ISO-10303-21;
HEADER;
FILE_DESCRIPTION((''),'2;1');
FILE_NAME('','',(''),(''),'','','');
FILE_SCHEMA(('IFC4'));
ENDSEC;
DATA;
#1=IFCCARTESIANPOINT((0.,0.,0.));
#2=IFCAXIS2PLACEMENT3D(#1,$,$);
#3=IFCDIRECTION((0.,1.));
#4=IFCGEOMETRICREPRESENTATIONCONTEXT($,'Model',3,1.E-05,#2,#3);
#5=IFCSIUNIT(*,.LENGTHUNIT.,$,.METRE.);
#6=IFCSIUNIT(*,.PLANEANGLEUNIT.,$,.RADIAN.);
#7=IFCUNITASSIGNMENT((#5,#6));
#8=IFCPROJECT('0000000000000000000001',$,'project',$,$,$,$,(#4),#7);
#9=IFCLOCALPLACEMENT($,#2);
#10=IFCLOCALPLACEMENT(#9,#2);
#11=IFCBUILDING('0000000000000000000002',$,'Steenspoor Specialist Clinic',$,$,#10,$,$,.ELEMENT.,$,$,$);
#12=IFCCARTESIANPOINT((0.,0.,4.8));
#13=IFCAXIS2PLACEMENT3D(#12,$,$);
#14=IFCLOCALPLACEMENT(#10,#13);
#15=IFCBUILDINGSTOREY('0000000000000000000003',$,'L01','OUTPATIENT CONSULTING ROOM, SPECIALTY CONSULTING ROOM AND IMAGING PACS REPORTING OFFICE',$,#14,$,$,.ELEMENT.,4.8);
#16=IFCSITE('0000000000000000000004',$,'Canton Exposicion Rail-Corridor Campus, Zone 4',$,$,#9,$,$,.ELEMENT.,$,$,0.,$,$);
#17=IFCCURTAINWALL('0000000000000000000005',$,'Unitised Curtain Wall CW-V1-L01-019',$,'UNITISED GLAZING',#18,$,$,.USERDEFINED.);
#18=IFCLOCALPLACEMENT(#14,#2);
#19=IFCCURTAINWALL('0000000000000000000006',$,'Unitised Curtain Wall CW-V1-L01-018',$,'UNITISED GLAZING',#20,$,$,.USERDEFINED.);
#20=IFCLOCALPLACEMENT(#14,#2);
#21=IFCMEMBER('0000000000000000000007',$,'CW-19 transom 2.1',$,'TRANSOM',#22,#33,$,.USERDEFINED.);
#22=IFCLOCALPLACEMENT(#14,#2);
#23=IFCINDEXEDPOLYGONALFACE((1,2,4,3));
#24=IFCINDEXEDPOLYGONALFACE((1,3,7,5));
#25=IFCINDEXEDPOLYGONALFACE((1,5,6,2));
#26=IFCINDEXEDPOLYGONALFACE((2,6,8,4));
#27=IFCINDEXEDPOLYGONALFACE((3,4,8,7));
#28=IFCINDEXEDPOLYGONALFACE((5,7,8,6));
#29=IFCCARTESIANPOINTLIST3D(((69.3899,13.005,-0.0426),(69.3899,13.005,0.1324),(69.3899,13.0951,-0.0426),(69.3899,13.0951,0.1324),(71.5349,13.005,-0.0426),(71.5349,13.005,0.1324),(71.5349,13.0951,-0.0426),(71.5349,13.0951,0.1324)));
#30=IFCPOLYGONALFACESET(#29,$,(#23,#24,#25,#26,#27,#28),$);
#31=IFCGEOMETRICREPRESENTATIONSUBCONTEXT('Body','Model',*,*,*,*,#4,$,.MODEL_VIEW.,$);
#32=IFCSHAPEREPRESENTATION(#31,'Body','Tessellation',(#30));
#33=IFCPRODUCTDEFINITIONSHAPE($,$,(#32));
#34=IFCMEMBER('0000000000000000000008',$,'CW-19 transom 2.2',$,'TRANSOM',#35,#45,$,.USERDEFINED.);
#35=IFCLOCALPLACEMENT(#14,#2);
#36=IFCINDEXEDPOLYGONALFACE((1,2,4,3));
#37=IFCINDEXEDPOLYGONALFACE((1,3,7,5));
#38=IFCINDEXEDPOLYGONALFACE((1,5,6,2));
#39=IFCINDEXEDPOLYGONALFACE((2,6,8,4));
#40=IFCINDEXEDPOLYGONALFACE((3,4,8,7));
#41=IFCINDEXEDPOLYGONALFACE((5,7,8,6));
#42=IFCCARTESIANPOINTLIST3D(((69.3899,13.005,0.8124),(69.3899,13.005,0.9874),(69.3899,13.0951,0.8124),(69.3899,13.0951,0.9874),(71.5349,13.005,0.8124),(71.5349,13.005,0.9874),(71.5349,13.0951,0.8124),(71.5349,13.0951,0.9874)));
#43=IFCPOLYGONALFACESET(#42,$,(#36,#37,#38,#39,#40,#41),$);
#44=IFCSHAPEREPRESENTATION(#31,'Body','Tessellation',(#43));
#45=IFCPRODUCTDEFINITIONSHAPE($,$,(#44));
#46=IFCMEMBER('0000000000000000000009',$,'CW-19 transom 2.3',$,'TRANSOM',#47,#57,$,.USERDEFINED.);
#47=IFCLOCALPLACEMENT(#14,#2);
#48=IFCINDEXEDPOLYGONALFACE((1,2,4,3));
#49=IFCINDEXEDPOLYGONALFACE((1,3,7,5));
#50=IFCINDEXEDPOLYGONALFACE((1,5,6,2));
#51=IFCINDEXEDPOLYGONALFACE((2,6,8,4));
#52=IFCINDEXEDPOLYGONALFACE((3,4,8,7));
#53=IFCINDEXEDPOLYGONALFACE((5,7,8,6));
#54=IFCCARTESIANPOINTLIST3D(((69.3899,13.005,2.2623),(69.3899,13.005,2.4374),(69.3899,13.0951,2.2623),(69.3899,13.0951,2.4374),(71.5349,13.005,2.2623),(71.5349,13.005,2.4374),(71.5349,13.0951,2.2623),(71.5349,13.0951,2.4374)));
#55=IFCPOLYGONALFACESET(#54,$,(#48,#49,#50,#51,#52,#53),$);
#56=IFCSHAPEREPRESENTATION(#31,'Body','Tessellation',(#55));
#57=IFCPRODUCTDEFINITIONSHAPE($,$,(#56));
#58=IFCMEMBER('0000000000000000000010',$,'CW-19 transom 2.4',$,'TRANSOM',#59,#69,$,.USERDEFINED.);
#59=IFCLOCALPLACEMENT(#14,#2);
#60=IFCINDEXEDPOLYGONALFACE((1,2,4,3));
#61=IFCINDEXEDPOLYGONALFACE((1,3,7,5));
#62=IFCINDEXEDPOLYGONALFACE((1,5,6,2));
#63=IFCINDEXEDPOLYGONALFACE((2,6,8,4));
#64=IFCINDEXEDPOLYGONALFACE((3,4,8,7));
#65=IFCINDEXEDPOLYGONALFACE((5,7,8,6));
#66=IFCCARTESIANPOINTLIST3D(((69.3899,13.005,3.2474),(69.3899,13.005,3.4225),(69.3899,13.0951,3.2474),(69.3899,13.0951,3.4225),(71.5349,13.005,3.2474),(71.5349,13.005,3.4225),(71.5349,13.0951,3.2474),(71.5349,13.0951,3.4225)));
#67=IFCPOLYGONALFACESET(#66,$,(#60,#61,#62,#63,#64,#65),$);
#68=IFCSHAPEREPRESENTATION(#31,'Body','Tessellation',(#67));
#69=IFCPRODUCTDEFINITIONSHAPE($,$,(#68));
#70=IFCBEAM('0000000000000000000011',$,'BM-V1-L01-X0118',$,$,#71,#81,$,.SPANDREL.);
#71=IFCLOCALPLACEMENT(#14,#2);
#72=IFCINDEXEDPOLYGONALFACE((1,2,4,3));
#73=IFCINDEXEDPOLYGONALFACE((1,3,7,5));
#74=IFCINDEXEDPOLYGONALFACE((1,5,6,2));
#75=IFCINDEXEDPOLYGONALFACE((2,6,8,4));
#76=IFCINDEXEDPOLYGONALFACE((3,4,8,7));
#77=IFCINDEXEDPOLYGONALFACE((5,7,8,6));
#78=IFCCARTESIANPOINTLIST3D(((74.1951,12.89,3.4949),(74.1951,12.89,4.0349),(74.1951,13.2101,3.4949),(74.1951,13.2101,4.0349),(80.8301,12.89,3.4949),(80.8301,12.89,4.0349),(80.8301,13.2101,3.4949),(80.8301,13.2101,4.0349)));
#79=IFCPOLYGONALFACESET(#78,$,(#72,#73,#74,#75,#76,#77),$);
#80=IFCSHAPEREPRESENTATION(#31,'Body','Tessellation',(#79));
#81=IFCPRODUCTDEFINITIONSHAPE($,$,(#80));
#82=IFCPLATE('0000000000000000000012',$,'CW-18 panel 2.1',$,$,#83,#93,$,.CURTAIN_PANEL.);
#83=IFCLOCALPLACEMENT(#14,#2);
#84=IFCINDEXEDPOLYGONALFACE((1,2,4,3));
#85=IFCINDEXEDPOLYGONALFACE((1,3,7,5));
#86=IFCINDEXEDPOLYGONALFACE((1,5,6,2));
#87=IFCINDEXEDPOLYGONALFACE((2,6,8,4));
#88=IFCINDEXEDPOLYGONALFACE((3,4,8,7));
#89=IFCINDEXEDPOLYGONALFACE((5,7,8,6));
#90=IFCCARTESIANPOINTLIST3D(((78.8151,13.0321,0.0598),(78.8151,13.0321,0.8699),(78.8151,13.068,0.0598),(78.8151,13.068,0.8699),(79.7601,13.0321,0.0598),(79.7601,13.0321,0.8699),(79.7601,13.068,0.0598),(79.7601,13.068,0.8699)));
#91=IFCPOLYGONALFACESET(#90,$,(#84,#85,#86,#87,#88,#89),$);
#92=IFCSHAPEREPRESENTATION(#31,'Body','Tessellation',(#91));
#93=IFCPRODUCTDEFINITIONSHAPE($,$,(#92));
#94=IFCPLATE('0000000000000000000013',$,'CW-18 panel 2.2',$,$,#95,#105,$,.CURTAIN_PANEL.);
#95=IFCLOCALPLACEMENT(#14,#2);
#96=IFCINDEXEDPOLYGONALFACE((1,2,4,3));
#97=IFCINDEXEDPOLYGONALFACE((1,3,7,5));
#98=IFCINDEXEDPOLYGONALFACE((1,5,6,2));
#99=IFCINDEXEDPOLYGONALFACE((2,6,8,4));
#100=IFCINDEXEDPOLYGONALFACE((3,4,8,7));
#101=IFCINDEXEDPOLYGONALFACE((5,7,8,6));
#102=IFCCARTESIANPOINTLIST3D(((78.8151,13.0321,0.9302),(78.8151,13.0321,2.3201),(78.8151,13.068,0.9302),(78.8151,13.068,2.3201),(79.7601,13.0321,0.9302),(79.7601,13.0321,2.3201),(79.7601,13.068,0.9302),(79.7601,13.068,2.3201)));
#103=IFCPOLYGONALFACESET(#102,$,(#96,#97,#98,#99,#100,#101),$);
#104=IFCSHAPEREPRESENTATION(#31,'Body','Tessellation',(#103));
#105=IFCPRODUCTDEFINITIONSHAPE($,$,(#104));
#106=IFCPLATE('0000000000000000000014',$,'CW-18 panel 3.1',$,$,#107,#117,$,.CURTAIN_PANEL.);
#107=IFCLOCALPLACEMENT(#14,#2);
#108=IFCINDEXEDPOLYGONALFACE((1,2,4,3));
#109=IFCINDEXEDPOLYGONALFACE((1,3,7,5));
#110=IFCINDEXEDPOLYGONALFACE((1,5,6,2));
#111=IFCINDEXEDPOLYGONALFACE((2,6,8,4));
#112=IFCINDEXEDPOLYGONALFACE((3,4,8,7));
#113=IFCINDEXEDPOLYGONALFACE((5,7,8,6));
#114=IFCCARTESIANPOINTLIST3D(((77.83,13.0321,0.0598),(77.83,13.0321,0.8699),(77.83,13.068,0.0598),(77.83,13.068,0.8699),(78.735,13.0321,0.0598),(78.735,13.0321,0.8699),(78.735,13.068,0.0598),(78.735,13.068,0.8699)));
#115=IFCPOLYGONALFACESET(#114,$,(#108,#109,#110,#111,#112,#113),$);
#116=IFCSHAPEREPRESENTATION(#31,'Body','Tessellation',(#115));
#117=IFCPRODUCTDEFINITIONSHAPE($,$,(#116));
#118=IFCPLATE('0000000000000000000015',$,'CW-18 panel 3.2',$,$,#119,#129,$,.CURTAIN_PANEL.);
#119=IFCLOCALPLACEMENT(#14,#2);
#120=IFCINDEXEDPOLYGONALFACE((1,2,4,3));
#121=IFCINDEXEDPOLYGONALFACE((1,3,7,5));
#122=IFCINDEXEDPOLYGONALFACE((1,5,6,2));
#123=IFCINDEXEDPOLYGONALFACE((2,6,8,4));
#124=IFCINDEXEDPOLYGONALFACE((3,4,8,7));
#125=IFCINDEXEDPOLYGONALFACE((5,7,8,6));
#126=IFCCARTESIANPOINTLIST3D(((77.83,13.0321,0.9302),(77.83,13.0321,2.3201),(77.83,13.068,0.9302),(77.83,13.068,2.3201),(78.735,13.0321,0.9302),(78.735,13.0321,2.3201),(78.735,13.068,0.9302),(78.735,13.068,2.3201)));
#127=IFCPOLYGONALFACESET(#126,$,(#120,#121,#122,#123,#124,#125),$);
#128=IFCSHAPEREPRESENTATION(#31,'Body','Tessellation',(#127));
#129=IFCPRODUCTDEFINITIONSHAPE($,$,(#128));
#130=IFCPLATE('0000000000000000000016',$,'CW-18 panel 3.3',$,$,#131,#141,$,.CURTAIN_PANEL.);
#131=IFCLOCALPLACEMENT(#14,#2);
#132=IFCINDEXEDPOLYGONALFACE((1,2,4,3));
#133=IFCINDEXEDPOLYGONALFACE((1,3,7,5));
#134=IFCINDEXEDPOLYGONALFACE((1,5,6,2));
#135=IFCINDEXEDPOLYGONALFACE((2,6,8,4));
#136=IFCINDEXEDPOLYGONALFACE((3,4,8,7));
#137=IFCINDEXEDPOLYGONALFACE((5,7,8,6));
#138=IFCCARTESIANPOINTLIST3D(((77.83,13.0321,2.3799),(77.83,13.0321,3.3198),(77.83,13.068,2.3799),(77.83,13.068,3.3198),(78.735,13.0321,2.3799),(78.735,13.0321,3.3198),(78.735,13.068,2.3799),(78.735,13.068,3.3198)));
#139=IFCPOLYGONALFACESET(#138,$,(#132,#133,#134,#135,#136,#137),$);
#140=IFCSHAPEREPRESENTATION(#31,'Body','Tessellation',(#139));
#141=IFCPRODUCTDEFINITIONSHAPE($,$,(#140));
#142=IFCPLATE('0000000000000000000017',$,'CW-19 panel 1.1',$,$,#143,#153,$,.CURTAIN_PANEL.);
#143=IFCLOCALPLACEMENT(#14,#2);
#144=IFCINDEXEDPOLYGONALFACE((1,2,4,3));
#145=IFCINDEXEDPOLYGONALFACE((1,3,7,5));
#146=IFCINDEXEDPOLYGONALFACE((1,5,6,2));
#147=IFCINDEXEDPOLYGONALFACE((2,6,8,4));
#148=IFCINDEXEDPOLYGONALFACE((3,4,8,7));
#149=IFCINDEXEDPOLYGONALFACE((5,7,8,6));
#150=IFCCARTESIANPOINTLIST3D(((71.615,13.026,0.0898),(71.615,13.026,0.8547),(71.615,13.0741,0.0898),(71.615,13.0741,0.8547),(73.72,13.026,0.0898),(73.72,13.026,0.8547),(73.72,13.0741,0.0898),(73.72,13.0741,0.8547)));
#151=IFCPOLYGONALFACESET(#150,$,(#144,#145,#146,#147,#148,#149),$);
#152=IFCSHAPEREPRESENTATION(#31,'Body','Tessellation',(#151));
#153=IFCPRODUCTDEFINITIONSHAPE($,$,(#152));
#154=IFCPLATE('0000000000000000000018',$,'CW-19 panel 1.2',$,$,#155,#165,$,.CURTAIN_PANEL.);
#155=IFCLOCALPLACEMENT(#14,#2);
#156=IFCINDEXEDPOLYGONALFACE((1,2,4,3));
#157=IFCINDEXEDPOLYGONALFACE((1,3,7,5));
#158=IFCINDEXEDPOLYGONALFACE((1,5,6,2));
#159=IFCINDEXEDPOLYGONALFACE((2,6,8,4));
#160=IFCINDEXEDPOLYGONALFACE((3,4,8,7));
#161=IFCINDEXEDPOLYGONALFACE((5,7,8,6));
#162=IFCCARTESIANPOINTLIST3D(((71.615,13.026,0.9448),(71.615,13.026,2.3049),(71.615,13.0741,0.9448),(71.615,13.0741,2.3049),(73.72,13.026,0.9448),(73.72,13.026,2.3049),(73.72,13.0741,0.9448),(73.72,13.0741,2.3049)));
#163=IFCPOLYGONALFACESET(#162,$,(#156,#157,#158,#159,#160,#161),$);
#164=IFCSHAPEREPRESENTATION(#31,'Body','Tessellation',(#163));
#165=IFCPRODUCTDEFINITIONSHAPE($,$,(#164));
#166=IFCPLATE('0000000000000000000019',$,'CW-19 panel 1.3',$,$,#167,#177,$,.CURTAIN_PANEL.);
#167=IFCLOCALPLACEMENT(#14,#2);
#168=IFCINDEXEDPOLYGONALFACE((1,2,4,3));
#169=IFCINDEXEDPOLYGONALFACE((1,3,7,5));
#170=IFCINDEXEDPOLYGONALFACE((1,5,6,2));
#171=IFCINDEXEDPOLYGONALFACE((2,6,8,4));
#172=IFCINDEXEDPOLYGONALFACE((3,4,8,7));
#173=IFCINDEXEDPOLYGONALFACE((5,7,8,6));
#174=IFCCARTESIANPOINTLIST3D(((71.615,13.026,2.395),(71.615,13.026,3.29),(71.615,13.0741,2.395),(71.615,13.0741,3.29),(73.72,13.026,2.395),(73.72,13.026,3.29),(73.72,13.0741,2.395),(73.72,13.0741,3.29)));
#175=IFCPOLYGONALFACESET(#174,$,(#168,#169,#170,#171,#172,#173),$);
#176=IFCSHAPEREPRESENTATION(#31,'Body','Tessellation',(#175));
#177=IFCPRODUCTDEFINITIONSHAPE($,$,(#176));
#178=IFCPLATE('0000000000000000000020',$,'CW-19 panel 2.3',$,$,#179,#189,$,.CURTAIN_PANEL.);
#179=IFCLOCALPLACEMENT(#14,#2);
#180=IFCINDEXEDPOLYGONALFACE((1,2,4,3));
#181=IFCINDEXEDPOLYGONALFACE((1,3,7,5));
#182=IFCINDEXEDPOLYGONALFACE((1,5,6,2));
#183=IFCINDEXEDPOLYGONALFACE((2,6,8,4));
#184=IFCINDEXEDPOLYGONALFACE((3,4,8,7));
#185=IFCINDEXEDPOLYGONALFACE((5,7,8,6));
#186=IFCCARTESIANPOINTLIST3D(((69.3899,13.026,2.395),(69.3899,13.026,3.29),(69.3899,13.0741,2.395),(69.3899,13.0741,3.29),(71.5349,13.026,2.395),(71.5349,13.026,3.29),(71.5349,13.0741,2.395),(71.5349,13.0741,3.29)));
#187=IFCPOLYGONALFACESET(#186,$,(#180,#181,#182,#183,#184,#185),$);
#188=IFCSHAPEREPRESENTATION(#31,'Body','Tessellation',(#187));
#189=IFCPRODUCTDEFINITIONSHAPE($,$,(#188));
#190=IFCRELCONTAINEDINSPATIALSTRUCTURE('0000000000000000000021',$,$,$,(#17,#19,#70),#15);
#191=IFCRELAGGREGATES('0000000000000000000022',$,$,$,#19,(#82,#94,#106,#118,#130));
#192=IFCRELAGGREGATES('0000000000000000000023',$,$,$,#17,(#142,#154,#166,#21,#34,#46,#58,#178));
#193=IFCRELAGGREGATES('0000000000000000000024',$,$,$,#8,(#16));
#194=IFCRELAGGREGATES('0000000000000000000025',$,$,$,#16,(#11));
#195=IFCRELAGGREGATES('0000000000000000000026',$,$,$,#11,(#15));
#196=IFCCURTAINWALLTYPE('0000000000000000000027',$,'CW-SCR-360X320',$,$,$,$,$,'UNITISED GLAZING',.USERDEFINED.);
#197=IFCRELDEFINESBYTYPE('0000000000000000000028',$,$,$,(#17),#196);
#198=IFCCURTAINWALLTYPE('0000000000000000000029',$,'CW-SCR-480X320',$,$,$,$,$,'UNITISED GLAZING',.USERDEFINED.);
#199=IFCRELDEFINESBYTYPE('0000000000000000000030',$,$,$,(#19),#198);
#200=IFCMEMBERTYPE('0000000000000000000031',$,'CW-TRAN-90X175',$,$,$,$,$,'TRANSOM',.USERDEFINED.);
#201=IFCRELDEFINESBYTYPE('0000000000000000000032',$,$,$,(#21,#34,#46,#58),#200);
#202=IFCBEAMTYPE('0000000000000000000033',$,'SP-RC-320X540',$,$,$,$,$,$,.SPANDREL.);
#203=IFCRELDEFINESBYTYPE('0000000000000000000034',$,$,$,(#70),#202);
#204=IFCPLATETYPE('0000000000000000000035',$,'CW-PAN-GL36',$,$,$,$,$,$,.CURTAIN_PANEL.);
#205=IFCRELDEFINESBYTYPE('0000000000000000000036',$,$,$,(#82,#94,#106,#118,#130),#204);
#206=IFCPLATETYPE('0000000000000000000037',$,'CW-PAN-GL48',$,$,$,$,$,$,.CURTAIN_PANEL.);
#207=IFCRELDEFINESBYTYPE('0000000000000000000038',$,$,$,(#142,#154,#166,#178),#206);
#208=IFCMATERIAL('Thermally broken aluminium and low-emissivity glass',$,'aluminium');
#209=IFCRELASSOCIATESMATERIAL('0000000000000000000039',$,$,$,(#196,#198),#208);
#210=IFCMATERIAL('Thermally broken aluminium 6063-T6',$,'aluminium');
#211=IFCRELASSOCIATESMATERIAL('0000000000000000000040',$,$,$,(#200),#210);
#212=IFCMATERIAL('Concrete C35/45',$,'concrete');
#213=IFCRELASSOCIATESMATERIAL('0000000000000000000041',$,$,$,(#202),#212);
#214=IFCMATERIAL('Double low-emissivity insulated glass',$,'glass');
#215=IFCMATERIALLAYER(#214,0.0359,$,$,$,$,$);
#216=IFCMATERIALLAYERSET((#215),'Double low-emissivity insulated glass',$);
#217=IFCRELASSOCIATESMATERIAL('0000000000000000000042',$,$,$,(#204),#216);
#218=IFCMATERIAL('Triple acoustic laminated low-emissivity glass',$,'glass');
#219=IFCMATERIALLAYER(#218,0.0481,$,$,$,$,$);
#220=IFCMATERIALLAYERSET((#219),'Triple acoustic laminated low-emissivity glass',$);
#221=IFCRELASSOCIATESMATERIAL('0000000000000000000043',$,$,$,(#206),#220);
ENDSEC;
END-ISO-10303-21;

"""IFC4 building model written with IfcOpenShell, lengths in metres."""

from ifc_helpers import new_model, si_unit, direction, frame, origin, origin_2d, place, context, subcontext, project, spatial, rectangle, extrude, material, layer, layer_set, material_profile, profile_set, type_object, element, aggregate, save


model = new_model("IFC4")

# Units and contexts
model_context = context("Model", 3, precision=1e-05, world=origin(), true_north=direction((0.0, 1.0)))
body_context = subcontext(model_context, "Body", "Model", "MODEL_VIEW")
ifc_project = project(units=[si_unit("LENGTHUNIT", "METRE"), si_unit("PLANEANGLEUNIT", "RADIAN")], contexts=[model_context])

# Site, building, storey
site_placement = place(None, origin())
site = spatial("IfcSite", under=ifc_project, at=site_placement, Name="Canton Exposicion Rail-Corridor Campus, Zone 4", CompositionType="ELEMENT", RefElevation=0.0)
building_placement = place(site_placement, origin())
building = spatial("IfcBuilding", under=site, at=building_placement, Name="Steenspoor Specialist Clinic", CompositionType="ELEMENT")
storey_placement = place(building_placement, frame((0.0, 0.0, 4.8)))
storey = spatial("IfcBuildingStorey", under=building, at=storey_placement, Name="L01", Description="OUTPATIENT CONSULTING ROOM, SPECIALTY CONSULTING ROOM AND IMAGING PACS REPORTING OFFICE", CompositionType="ELEMENT", Elevation=4.8)

# Curtain walls
ifc_material_1 = material(Name="Thermally broken aluminium and low-emissivity glass", Category="aluminium")
curtain_wall_type_1 = type_object("IfcCurtainWallType", Name="CW-SCR-360X320", ElementType="UNITISED GLAZING", PredefinedType="USERDEFINED", material=ifc_material_1)
curtain_wall_1_placement = place(storey_placement, origin())
curtain_wall_1 = element("IfcCurtainWall", 1, at=curtain_wall_1_placement, inside=storey, type_object=curtain_wall_type_1, Name="Unitised Curtain Wall CW-V1-L01-019", ObjectType="UNITISED GLAZING", PredefinedType="USERDEFINED")
ifc_material_2 = material(Name="Thermally broken aluminium 6063-T6", Category="aluminium")
curtain_wall_type_2 = type_object("IfcCurtainWallType", Name="CW-SCR-480X320", ElementType="UNITISED GLAZING", PredefinedType="USERDEFINED", material=ifc_material_1)
curtain_wall_2_placement = place(storey_placement, origin())
curtain_wall_2 = element("IfcCurtainWall", 2, at=curtain_wall_2_placement, inside=storey, type_object=curtain_wall_type_2, Name="Unitised Curtain Wall CW-V1-L01-018", ObjectType="UNITISED GLAZING", PredefinedType="USERDEFINED")

# Members
ifc_material_profile_1 = material_profile(ifc_material_2, rectangle(XDim=0.0901, YDim=0.175, at=origin_2d()), Name="CWT-90X175")
ifc_profile_set_1 = profile_set([ifc_material_profile_1], Name="Thermally broken aluminium 6063-T6")
member_type_1 = type_object("IfcMemberType", Name="CW-TRAN-90X175", ElementType="TRANSOM", PredefinedType="USERDEFINED", material=ifc_profile_set_1)
member_1_placement = place(storey_placement, frame((71.5349, 13.05, 0.0449), z_axis=(-1.0, 0.0, 0.0), x_axis=(0.0, -1.0, 0.0)))
member_1 = element("IfcMember", 3, at=member_1_placement, type_object=member_type_1, Name="CW-19 transom 2.1", ObjectType="TRANSOM", PredefinedType="USERDEFINED", context=body_context, shape_type="SweptSolid", body=[
    extrude(rectangle(XDim=0.0901, YDim=0.175, at=origin_2d()), origin(), (0.0, 0.0, 1.0), 2.145),
])
member_2_placement = place(storey_placement, frame((71.5349, 13.05, 0.8999), z_axis=(-1.0, 0.0, 0.0), x_axis=(0.0, -1.0, 0.0)))
member_2 = element("IfcMember", 4, at=member_2_placement, type_object=member_type_1, Name="CW-19 transom 2.2", ObjectType="TRANSOM", PredefinedType="USERDEFINED", context=body_context, shape_type="SweptSolid", body=[
    extrude(rectangle(XDim=0.0901, YDim=0.175, at=origin_2d()), origin(), (0.0, 0.0, 1.0), 2.145),
])
member_3_placement = place(storey_placement, frame((71.5349, 13.05, 2.3499), z_axis=(-1.0, 0.0, 0.0), x_axis=(0.0, -1.0, 0.0)))
member_3 = element("IfcMember", 5, at=member_3_placement, type_object=member_type_1, Name="CW-19 transom 2.3", ObjectType="TRANSOM", PredefinedType="USERDEFINED", context=body_context, shape_type="SweptSolid", body=[
    extrude(rectangle(XDim=0.0901, YDim=0.175, at=origin_2d()), origin(), (0.0, 0.0, 1.0), 2.145),
])
member_4_placement = place(storey_placement, frame((71.5349, 13.05, 3.335), z_axis=(-1.0, 0.0, 0.0), x_axis=(0.0, -1.0, 0.0)))
member_4 = element("IfcMember", 6, at=member_4_placement, type_object=member_type_1, Name="CW-19 transom 2.4", ObjectType="TRANSOM", PredefinedType="USERDEFINED", context=body_context, shape_type="SweptSolid", body=[
    extrude(rectangle(XDim=0.0901, YDim=0.175, at=origin_2d()), origin(), (0.0, 0.0, 1.0), 2.145),
])

# Beam
ifc_material_3 = material(Name="Concrete C35/45", Category="concrete")
ifc_material_profile_2 = material_profile(ifc_material_3, rectangle(XDim=0.3201, YDim=0.54, at=origin_2d()), Name="RC-SP-320X540")
ifc_profile_set_2 = profile_set([ifc_material_profile_2], Name="Concrete C35/45")
beam_type = type_object("IfcBeamType", Name="SP-RC-320X540", PredefinedType="SPANDREL", material=ifc_profile_set_2)
beam_placement = place(storey_placement, frame((74.1951, 13.05, 3.7649), z_axis=(1.0, 0.0, 0.0), x_axis=(0.0, 1.0, 0.0)))
element("IfcBeam", 7, at=beam_placement, inside=storey, type_object=beam_type, Name="BM-V1-L01-X0118", PredefinedType="SPANDREL", context=body_context, shape_type="SweptSolid", body=[
    extrude(rectangle(XDim=0.3201, YDim=0.54, at=origin_2d()), origin(), (0.0, 0.0, 1.0), 6.635),
])

# Plates
ifc_material_4 = material(Name="Double low-emissivity insulated glass", Category="glass")
ifc_layer_1 = layer(ifc_material_4, 0.0359)
ifc_layer_set_1 = layer_set([ifc_layer_1], Name="Double low-emissivity insulated glass")
plate_type_1 = type_object("IfcPlateType", Name="CW-PAN-GL36", PredefinedType="CURTAIN_PANEL", material=ifc_layer_set_1)
plate_1_placement = place(storey_placement, frame((79.2876, 13.05, 0.0598), z_axis=(0.0, 0.0, 1.0), x_axis=(-1.0, 0.0, 0.0)))
plate_1 = element("IfcPlate", 8, at=plate_1_placement, type_object=plate_type_1, Name="CW-18 panel 2.1", PredefinedType="CURTAIN_PANEL", context=body_context, shape_type="SweptSolid", body=[
    extrude(rectangle(XDim=0.9451, YDim=0.0359, at=origin_2d()), origin(), (0.0, 0.0, 1.0), 0.8101),
])
plate_2_placement = place(storey_placement, frame((79.2876, 13.05, 0.9302), z_axis=(0.0, 0.0, 1.0), x_axis=(-1.0, 0.0, 0.0)))
plate_2 = element("IfcPlate", 9, at=plate_2_placement, type_object=plate_type_1, Name="CW-18 panel 2.2", PredefinedType="CURTAIN_PANEL", context=body_context, shape_type="SweptSolid", body=[
    extrude(rectangle(XDim=0.9451, YDim=0.0359, at=origin_2d()), origin(), (0.0, 0.0, 1.0), 1.3899),
])
plate_3_placement = place(storey_placement, frame((78.2825, 13.05, 0.0598), z_axis=(0.0, 0.0, 1.0), x_axis=(-1.0, 0.0, 0.0)))
plate_3 = element("IfcPlate", 10, at=plate_3_placement, type_object=plate_type_1, Name="CW-18 panel 3.1", PredefinedType="CURTAIN_PANEL", context=body_context, shape_type="SweptSolid", body=[
    extrude(rectangle(XDim=0.905, YDim=0.0359, at=origin_2d()), origin(), (0.0, 0.0, 1.0), 0.8101),
])
plate_4_placement = place(storey_placement, frame((78.2825, 13.05, 0.9302), z_axis=(0.0, 0.0, 1.0), x_axis=(-1.0, 0.0, 0.0)))
plate_4 = element("IfcPlate", 11, at=plate_4_placement, type_object=plate_type_1, Name="CW-18 panel 3.2", PredefinedType="CURTAIN_PANEL", context=body_context, shape_type="SweptSolid", body=[
    extrude(rectangle(XDim=0.905, YDim=0.0359, at=origin_2d()), origin(), (0.0, 0.0, 1.0), 1.3899),
])
plate_5_placement = place(storey_placement, frame((78.2825, 13.05, 2.3799), z_axis=(0.0, 0.0, 1.0), x_axis=(-1.0, 0.0, 0.0)))
plate_5 = element("IfcPlate", 12, at=plate_5_placement, type_object=plate_type_1, Name="CW-18 panel 3.3", PredefinedType="CURTAIN_PANEL", context=body_context, shape_type="SweptSolid", body=[
    extrude(rectangle(XDim=0.905, YDim=0.0359, at=origin_2d()), origin(), (0.0, 0.0, 1.0), 0.9399),
])
aggregate(curtain_wall_2, [plate_1, plate_2, plate_3, plate_4, plate_5])
ifc_material_5 = material(Name="Triple acoustic laminated low-emissivity glass", Category="glass")
ifc_layer_2 = layer(ifc_material_5, 0.0481)
ifc_layer_set_2 = layer_set([ifc_layer_2], Name="Triple acoustic laminated low-emissivity glass")
plate_type_2 = type_object("IfcPlateType", Name="CW-PAN-GL48", PredefinedType="CURTAIN_PANEL", material=ifc_layer_set_2)
plate_6_placement = place(storey_placement, frame((72.6675, 13.05, 0.0898), z_axis=(0.0, 0.0, 1.0), x_axis=(-1.0, 0.0, 0.0)))
plate_6 = element("IfcPlate", 13, at=plate_6_placement, type_object=plate_type_2, Name="CW-19 panel 1.1", PredefinedType="CURTAIN_PANEL", context=body_context, shape_type="SweptSolid", body=[
    extrude(rectangle(XDim=2.105, YDim=0.0481, at=origin_2d()), origin(), (0.0, 0.0, 1.0), 0.7649),
])
plate_7_placement = place(storey_placement, frame((72.6675, 13.05, 0.9448), z_axis=(0.0, 0.0, 1.0), x_axis=(-1.0, 0.0, 0.0)))
plate_7 = element("IfcPlate", 14, at=plate_7_placement, type_object=plate_type_2, Name="CW-19 panel 1.2", PredefinedType="CURTAIN_PANEL", context=body_context, shape_type="SweptSolid", body=[
    extrude(rectangle(XDim=2.105, YDim=0.0481, at=origin_2d()), origin(), (0.0, 0.0, 1.0), 1.3601),
])
plate_8_placement = place(storey_placement, frame((72.6675, 13.05, 2.395), z_axis=(0.0, 0.0, 1.0), x_axis=(-1.0, 0.0, 0.0)))
plate_8 = element("IfcPlate", 15, at=plate_8_placement, type_object=plate_type_2, Name="CW-19 panel 1.3", PredefinedType="CURTAIN_PANEL", context=body_context, shape_type="SweptSolid", body=[
    extrude(rectangle(XDim=2.105, YDim=0.0481, at=origin_2d()), origin(), (0.0, 0.0, 1.0), 0.895),
])
plate_9_placement = place(storey_placement, frame((70.4624, 13.05, 2.395), z_axis=(0.0, 0.0, 1.0), x_axis=(-1.0, 0.0, 0.0)))
plate_9 = element("IfcPlate", 16, at=plate_9_placement, type_object=plate_type_2, Name="CW-19 panel 2.3", PredefinedType="CURTAIN_PANEL", context=body_context, shape_type="SweptSolid", body=[
    extrude(rectangle(XDim=2.145, YDim=0.0481, at=origin_2d()), origin(), (0.0, 0.0, 1.0), 0.895),
])
aggregate(curtain_wall_1, [plate_6, plate_7, plate_8, member_1, member_2, member_3, member_4, plate_9])

save(model, "model.ifc")
